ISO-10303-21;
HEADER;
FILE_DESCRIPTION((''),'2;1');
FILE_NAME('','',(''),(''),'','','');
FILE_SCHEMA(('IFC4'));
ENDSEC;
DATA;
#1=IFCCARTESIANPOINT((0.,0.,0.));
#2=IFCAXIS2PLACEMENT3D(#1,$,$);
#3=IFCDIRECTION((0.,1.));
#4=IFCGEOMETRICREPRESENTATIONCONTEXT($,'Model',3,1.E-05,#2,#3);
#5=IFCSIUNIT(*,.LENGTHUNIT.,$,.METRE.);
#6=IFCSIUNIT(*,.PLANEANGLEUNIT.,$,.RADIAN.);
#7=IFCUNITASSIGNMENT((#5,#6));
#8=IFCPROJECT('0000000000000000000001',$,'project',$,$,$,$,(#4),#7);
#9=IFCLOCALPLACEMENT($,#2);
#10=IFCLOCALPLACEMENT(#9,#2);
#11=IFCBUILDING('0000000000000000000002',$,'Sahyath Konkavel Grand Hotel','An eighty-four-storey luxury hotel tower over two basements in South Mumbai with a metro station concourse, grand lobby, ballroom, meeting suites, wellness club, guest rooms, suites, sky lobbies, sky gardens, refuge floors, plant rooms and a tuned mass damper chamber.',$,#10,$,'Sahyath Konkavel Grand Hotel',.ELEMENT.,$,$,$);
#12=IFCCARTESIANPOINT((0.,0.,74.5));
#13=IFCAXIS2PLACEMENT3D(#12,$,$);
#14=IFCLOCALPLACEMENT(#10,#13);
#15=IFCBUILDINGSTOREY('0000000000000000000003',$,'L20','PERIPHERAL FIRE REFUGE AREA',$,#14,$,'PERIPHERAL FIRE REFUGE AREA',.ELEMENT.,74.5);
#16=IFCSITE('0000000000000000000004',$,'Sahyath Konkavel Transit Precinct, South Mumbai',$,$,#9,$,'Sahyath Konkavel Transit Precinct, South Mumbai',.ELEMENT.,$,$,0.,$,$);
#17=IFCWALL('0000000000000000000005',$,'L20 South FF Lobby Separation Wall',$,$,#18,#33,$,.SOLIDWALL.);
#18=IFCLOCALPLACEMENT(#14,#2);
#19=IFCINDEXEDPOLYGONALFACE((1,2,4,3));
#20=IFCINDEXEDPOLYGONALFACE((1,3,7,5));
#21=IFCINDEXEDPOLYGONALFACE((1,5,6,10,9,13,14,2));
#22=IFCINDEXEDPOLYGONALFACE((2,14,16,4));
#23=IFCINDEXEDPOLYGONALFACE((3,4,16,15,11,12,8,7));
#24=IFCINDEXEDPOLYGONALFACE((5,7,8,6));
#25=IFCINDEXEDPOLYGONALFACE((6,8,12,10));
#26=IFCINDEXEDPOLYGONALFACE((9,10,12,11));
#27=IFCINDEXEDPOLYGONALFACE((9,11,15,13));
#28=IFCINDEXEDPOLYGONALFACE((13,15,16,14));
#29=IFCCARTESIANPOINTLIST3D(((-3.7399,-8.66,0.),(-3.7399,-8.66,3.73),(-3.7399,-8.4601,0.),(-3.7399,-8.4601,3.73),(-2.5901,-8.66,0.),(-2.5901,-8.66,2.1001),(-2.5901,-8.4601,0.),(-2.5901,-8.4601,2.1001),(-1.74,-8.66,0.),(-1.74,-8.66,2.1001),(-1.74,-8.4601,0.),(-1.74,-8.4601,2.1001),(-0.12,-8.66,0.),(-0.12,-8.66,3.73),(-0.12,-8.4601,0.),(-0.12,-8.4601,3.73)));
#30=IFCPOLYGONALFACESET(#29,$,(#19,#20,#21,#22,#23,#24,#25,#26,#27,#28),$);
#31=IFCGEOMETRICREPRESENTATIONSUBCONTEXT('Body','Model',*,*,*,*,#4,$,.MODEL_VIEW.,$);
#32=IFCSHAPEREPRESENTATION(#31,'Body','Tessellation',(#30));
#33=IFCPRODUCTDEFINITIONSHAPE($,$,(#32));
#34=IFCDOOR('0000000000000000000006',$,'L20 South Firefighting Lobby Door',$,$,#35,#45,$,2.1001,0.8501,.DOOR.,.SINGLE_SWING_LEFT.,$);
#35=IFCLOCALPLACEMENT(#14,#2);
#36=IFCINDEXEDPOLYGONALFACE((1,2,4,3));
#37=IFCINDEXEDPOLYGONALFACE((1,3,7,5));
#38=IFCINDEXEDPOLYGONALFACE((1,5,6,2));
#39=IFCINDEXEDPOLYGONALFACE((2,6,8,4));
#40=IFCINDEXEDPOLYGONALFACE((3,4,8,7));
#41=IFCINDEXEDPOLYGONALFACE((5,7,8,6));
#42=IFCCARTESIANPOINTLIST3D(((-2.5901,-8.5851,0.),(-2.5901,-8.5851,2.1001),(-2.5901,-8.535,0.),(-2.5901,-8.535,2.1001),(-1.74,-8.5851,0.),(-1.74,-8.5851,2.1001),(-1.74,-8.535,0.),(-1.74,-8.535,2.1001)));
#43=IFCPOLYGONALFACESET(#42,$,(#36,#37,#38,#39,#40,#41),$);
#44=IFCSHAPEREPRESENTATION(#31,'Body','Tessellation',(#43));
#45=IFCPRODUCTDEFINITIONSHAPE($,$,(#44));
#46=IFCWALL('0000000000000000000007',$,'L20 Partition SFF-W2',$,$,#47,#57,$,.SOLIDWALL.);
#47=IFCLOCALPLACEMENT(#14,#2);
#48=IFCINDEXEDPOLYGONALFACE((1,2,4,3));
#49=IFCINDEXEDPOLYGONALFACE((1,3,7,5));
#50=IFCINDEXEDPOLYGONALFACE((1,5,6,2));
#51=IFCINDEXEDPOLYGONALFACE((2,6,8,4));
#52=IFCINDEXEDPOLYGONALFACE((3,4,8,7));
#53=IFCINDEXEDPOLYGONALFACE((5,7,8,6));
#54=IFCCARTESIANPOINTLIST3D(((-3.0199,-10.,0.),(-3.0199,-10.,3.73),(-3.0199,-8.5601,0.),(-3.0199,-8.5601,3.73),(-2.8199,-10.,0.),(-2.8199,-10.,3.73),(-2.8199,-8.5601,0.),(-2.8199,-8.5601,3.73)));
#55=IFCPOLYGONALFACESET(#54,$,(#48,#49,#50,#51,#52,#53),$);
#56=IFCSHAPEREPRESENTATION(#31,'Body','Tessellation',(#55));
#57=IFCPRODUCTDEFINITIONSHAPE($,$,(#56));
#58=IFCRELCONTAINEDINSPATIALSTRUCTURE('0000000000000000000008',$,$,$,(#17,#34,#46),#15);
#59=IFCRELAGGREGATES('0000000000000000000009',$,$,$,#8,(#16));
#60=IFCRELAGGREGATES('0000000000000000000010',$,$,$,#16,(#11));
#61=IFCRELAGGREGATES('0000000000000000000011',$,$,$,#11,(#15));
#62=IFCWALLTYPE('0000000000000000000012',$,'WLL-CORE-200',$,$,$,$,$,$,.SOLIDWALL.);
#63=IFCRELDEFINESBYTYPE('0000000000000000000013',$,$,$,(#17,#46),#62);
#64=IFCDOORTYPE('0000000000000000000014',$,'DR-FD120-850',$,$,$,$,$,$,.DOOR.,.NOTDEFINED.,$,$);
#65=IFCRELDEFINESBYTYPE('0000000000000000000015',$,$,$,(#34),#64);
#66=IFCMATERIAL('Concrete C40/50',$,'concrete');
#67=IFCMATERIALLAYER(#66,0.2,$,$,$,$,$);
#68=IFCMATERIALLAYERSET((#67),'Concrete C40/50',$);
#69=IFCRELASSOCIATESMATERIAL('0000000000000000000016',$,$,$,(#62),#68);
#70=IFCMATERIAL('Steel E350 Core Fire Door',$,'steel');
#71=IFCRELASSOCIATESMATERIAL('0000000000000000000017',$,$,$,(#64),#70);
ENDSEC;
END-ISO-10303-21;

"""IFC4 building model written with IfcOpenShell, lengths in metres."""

from ifc_helpers import new_model, si_unit, direction, frame, frame_2d, origin, origin_2d, place, context, subcontext, project, spatial, rectangle, extrude, source, transform, mapped, material, layer, layer_set, type_object, element, fill, save


model = new_model("IFC4")

# Units and contexts
model_context = context("Model", 3, precision=1e-05, world=origin(), true_north=direction((0.0, 1.0)))
body_context = subcontext(model_context, "Body", "Model", "MODEL_VIEW")
ifc_project = project(units=[si_unit("LENGTHUNIT", "METRE"), si_unit("PLANEANGLEUNIT", "RADIAN")], contexts=[model_context])

# Site, building, storey
site_placement = place(None, origin())
site = spatial("IfcSite", under=ifc_project, at=site_placement, Name="Sahyath Konkavel Transit Precinct, South Mumbai", LongName="Sahyath Konkavel Transit Precinct, South Mumbai", CompositionType="ELEMENT", RefElevation=0.0)
building_placement = place(site_placement, origin())
building = spatial("IfcBuilding", under=site, at=building_placement, Name="Sahyath Konkavel Grand Hotel", Description="An eighty-four-storey luxury hotel tower over two basements in South Mumbai with a metro station concourse, grand lobby, ballroom, meeting suites, wellness club, guest rooms, suites, sky lobbies, sky gardens, refuge floors, plant rooms and a tuned mass damper chamber.", LongName="Sahyath Konkavel Grand Hotel", CompositionType="ELEMENT")
storey_placement = place(building_placement, frame((0.0, 0.0, 74.5)))
storey = spatial("IfcBuildingStorey", under=building, at=storey_placement, Name="L20", Description="PERIPHERAL FIRE REFUGE AREA", LongName="PERIPHERAL FIRE REFUGE AREA", CompositionType="ELEMENT", Elevation=74.5)

# Shared definitions
ifc_material_1 = material(Name="Concrete C40/50", Category="concrete")
ifc_layer_1 = layer(ifc_material_1, 0.2)
ifc_layer_set_1 = layer_set([ifc_layer_1], Name="Concrete C40/50")
wall_type_1 = type_object("IfcWallType", Name="WLL-CORE-200", PredefinedType="SOLIDWALL", material=ifc_layer_set_1)

# Wall, opening, door
wall_1_placement = place(storey_placement, frame((-3.74, -8.5601, 0.0), z_axis=(0.0, 0.0, 1.0), x_axis=(1.0, 0.0, 0.0)))
wall_1 = element("IfcWall", 1, at=wall_1_placement, inside=storey, type_object=wall_type_1, Name="L20 South FF Lobby Separation Wall", PredefinedType="SOLIDWALL", context=body_context, shape_type="SweptSolid", body=[
    extrude(rectangle(XDim=3.6199, YDim=0.2, at=frame_2d((1.8101, 0.0))), origin(), (0.0, 0.0, 1.0), 3.73),
])
opening_1_placement = place(wall_1_placement, frame((1.1499, 0.0, 0.0)))
opening_1 = element("IfcOpeningElement", 2, at=opening_1_placement, cuts=wall_1, PredefinedType="OPENING", context=body_context, shape_type="SweptSolid", body=[
    extrude(rectangle(XDim=0.8501, YDim=2.1001, at=frame_2d((0.425, 1.05))), frame((0.0, 0.1099, 0.0), z_axis=(0.0, -1.0, 0.0), x_axis=(1.0, 0.0, 0.0)), (0.0, 0.0, 1.0), 0.22),
])
ifc_material_2 = material(Name="Steel E350 Core Fire Door", Category="steel")
door_type_1 = type_object("IfcDoorType", Name="DR-FD120-850", OperationType="NOTDEFINED", PredefinedType="DOOR", material=ifc_material_2)
shared_shape_1 = source(origin(), body_context, "Body", "SweptSolid", [
    extrude(rectangle(XDim=0.8501, YDim=0.05, at=origin_2d()), origin(), (0.0, 0.0, 1.0), 2.1001),
])
door_1_placement = place(opening_1_placement, frame((0.425, 0.0, 0.0)))
door_1 = element("IfcDoor", 3, at=door_1_placement, inside=storey, type_object=door_type_1, Name="L20 South Firefighting Lobby Door", OperationType="SINGLE_SWING_LEFT", OverallHeight=2.1001, OverallWidth=0.8501, PredefinedType="DOOR", context=body_context, shape_type="MappedRepresentation", body=[
    mapped(shared_shape_1, transform((0.0, 0.0, 0.0), scale=1.0)),
])
fill(opening_1, door_1)

# Wall
wall_2_placement = place(storey_placement, frame((-2.9199, -10.0, 0.0), z_axis=(0.0, 0.0, 1.0), x_axis=(0.0, 1.0, 0.0)))
element("IfcWall", 4, at=wall_2_placement, inside=storey, type_object=wall_type_1, Name="L20 Partition SFF-W2", PredefinedType="SOLIDWALL", context=body_context, shape_type="SweptSolid", body=[
    extrude(rectangle(XDim=1.4399, YDim=0.2, at=frame_2d((0.72, 0.0))), origin(), (0.0, 0.0, 1.0), 3.73),
])

save(model, "model.ifc")
